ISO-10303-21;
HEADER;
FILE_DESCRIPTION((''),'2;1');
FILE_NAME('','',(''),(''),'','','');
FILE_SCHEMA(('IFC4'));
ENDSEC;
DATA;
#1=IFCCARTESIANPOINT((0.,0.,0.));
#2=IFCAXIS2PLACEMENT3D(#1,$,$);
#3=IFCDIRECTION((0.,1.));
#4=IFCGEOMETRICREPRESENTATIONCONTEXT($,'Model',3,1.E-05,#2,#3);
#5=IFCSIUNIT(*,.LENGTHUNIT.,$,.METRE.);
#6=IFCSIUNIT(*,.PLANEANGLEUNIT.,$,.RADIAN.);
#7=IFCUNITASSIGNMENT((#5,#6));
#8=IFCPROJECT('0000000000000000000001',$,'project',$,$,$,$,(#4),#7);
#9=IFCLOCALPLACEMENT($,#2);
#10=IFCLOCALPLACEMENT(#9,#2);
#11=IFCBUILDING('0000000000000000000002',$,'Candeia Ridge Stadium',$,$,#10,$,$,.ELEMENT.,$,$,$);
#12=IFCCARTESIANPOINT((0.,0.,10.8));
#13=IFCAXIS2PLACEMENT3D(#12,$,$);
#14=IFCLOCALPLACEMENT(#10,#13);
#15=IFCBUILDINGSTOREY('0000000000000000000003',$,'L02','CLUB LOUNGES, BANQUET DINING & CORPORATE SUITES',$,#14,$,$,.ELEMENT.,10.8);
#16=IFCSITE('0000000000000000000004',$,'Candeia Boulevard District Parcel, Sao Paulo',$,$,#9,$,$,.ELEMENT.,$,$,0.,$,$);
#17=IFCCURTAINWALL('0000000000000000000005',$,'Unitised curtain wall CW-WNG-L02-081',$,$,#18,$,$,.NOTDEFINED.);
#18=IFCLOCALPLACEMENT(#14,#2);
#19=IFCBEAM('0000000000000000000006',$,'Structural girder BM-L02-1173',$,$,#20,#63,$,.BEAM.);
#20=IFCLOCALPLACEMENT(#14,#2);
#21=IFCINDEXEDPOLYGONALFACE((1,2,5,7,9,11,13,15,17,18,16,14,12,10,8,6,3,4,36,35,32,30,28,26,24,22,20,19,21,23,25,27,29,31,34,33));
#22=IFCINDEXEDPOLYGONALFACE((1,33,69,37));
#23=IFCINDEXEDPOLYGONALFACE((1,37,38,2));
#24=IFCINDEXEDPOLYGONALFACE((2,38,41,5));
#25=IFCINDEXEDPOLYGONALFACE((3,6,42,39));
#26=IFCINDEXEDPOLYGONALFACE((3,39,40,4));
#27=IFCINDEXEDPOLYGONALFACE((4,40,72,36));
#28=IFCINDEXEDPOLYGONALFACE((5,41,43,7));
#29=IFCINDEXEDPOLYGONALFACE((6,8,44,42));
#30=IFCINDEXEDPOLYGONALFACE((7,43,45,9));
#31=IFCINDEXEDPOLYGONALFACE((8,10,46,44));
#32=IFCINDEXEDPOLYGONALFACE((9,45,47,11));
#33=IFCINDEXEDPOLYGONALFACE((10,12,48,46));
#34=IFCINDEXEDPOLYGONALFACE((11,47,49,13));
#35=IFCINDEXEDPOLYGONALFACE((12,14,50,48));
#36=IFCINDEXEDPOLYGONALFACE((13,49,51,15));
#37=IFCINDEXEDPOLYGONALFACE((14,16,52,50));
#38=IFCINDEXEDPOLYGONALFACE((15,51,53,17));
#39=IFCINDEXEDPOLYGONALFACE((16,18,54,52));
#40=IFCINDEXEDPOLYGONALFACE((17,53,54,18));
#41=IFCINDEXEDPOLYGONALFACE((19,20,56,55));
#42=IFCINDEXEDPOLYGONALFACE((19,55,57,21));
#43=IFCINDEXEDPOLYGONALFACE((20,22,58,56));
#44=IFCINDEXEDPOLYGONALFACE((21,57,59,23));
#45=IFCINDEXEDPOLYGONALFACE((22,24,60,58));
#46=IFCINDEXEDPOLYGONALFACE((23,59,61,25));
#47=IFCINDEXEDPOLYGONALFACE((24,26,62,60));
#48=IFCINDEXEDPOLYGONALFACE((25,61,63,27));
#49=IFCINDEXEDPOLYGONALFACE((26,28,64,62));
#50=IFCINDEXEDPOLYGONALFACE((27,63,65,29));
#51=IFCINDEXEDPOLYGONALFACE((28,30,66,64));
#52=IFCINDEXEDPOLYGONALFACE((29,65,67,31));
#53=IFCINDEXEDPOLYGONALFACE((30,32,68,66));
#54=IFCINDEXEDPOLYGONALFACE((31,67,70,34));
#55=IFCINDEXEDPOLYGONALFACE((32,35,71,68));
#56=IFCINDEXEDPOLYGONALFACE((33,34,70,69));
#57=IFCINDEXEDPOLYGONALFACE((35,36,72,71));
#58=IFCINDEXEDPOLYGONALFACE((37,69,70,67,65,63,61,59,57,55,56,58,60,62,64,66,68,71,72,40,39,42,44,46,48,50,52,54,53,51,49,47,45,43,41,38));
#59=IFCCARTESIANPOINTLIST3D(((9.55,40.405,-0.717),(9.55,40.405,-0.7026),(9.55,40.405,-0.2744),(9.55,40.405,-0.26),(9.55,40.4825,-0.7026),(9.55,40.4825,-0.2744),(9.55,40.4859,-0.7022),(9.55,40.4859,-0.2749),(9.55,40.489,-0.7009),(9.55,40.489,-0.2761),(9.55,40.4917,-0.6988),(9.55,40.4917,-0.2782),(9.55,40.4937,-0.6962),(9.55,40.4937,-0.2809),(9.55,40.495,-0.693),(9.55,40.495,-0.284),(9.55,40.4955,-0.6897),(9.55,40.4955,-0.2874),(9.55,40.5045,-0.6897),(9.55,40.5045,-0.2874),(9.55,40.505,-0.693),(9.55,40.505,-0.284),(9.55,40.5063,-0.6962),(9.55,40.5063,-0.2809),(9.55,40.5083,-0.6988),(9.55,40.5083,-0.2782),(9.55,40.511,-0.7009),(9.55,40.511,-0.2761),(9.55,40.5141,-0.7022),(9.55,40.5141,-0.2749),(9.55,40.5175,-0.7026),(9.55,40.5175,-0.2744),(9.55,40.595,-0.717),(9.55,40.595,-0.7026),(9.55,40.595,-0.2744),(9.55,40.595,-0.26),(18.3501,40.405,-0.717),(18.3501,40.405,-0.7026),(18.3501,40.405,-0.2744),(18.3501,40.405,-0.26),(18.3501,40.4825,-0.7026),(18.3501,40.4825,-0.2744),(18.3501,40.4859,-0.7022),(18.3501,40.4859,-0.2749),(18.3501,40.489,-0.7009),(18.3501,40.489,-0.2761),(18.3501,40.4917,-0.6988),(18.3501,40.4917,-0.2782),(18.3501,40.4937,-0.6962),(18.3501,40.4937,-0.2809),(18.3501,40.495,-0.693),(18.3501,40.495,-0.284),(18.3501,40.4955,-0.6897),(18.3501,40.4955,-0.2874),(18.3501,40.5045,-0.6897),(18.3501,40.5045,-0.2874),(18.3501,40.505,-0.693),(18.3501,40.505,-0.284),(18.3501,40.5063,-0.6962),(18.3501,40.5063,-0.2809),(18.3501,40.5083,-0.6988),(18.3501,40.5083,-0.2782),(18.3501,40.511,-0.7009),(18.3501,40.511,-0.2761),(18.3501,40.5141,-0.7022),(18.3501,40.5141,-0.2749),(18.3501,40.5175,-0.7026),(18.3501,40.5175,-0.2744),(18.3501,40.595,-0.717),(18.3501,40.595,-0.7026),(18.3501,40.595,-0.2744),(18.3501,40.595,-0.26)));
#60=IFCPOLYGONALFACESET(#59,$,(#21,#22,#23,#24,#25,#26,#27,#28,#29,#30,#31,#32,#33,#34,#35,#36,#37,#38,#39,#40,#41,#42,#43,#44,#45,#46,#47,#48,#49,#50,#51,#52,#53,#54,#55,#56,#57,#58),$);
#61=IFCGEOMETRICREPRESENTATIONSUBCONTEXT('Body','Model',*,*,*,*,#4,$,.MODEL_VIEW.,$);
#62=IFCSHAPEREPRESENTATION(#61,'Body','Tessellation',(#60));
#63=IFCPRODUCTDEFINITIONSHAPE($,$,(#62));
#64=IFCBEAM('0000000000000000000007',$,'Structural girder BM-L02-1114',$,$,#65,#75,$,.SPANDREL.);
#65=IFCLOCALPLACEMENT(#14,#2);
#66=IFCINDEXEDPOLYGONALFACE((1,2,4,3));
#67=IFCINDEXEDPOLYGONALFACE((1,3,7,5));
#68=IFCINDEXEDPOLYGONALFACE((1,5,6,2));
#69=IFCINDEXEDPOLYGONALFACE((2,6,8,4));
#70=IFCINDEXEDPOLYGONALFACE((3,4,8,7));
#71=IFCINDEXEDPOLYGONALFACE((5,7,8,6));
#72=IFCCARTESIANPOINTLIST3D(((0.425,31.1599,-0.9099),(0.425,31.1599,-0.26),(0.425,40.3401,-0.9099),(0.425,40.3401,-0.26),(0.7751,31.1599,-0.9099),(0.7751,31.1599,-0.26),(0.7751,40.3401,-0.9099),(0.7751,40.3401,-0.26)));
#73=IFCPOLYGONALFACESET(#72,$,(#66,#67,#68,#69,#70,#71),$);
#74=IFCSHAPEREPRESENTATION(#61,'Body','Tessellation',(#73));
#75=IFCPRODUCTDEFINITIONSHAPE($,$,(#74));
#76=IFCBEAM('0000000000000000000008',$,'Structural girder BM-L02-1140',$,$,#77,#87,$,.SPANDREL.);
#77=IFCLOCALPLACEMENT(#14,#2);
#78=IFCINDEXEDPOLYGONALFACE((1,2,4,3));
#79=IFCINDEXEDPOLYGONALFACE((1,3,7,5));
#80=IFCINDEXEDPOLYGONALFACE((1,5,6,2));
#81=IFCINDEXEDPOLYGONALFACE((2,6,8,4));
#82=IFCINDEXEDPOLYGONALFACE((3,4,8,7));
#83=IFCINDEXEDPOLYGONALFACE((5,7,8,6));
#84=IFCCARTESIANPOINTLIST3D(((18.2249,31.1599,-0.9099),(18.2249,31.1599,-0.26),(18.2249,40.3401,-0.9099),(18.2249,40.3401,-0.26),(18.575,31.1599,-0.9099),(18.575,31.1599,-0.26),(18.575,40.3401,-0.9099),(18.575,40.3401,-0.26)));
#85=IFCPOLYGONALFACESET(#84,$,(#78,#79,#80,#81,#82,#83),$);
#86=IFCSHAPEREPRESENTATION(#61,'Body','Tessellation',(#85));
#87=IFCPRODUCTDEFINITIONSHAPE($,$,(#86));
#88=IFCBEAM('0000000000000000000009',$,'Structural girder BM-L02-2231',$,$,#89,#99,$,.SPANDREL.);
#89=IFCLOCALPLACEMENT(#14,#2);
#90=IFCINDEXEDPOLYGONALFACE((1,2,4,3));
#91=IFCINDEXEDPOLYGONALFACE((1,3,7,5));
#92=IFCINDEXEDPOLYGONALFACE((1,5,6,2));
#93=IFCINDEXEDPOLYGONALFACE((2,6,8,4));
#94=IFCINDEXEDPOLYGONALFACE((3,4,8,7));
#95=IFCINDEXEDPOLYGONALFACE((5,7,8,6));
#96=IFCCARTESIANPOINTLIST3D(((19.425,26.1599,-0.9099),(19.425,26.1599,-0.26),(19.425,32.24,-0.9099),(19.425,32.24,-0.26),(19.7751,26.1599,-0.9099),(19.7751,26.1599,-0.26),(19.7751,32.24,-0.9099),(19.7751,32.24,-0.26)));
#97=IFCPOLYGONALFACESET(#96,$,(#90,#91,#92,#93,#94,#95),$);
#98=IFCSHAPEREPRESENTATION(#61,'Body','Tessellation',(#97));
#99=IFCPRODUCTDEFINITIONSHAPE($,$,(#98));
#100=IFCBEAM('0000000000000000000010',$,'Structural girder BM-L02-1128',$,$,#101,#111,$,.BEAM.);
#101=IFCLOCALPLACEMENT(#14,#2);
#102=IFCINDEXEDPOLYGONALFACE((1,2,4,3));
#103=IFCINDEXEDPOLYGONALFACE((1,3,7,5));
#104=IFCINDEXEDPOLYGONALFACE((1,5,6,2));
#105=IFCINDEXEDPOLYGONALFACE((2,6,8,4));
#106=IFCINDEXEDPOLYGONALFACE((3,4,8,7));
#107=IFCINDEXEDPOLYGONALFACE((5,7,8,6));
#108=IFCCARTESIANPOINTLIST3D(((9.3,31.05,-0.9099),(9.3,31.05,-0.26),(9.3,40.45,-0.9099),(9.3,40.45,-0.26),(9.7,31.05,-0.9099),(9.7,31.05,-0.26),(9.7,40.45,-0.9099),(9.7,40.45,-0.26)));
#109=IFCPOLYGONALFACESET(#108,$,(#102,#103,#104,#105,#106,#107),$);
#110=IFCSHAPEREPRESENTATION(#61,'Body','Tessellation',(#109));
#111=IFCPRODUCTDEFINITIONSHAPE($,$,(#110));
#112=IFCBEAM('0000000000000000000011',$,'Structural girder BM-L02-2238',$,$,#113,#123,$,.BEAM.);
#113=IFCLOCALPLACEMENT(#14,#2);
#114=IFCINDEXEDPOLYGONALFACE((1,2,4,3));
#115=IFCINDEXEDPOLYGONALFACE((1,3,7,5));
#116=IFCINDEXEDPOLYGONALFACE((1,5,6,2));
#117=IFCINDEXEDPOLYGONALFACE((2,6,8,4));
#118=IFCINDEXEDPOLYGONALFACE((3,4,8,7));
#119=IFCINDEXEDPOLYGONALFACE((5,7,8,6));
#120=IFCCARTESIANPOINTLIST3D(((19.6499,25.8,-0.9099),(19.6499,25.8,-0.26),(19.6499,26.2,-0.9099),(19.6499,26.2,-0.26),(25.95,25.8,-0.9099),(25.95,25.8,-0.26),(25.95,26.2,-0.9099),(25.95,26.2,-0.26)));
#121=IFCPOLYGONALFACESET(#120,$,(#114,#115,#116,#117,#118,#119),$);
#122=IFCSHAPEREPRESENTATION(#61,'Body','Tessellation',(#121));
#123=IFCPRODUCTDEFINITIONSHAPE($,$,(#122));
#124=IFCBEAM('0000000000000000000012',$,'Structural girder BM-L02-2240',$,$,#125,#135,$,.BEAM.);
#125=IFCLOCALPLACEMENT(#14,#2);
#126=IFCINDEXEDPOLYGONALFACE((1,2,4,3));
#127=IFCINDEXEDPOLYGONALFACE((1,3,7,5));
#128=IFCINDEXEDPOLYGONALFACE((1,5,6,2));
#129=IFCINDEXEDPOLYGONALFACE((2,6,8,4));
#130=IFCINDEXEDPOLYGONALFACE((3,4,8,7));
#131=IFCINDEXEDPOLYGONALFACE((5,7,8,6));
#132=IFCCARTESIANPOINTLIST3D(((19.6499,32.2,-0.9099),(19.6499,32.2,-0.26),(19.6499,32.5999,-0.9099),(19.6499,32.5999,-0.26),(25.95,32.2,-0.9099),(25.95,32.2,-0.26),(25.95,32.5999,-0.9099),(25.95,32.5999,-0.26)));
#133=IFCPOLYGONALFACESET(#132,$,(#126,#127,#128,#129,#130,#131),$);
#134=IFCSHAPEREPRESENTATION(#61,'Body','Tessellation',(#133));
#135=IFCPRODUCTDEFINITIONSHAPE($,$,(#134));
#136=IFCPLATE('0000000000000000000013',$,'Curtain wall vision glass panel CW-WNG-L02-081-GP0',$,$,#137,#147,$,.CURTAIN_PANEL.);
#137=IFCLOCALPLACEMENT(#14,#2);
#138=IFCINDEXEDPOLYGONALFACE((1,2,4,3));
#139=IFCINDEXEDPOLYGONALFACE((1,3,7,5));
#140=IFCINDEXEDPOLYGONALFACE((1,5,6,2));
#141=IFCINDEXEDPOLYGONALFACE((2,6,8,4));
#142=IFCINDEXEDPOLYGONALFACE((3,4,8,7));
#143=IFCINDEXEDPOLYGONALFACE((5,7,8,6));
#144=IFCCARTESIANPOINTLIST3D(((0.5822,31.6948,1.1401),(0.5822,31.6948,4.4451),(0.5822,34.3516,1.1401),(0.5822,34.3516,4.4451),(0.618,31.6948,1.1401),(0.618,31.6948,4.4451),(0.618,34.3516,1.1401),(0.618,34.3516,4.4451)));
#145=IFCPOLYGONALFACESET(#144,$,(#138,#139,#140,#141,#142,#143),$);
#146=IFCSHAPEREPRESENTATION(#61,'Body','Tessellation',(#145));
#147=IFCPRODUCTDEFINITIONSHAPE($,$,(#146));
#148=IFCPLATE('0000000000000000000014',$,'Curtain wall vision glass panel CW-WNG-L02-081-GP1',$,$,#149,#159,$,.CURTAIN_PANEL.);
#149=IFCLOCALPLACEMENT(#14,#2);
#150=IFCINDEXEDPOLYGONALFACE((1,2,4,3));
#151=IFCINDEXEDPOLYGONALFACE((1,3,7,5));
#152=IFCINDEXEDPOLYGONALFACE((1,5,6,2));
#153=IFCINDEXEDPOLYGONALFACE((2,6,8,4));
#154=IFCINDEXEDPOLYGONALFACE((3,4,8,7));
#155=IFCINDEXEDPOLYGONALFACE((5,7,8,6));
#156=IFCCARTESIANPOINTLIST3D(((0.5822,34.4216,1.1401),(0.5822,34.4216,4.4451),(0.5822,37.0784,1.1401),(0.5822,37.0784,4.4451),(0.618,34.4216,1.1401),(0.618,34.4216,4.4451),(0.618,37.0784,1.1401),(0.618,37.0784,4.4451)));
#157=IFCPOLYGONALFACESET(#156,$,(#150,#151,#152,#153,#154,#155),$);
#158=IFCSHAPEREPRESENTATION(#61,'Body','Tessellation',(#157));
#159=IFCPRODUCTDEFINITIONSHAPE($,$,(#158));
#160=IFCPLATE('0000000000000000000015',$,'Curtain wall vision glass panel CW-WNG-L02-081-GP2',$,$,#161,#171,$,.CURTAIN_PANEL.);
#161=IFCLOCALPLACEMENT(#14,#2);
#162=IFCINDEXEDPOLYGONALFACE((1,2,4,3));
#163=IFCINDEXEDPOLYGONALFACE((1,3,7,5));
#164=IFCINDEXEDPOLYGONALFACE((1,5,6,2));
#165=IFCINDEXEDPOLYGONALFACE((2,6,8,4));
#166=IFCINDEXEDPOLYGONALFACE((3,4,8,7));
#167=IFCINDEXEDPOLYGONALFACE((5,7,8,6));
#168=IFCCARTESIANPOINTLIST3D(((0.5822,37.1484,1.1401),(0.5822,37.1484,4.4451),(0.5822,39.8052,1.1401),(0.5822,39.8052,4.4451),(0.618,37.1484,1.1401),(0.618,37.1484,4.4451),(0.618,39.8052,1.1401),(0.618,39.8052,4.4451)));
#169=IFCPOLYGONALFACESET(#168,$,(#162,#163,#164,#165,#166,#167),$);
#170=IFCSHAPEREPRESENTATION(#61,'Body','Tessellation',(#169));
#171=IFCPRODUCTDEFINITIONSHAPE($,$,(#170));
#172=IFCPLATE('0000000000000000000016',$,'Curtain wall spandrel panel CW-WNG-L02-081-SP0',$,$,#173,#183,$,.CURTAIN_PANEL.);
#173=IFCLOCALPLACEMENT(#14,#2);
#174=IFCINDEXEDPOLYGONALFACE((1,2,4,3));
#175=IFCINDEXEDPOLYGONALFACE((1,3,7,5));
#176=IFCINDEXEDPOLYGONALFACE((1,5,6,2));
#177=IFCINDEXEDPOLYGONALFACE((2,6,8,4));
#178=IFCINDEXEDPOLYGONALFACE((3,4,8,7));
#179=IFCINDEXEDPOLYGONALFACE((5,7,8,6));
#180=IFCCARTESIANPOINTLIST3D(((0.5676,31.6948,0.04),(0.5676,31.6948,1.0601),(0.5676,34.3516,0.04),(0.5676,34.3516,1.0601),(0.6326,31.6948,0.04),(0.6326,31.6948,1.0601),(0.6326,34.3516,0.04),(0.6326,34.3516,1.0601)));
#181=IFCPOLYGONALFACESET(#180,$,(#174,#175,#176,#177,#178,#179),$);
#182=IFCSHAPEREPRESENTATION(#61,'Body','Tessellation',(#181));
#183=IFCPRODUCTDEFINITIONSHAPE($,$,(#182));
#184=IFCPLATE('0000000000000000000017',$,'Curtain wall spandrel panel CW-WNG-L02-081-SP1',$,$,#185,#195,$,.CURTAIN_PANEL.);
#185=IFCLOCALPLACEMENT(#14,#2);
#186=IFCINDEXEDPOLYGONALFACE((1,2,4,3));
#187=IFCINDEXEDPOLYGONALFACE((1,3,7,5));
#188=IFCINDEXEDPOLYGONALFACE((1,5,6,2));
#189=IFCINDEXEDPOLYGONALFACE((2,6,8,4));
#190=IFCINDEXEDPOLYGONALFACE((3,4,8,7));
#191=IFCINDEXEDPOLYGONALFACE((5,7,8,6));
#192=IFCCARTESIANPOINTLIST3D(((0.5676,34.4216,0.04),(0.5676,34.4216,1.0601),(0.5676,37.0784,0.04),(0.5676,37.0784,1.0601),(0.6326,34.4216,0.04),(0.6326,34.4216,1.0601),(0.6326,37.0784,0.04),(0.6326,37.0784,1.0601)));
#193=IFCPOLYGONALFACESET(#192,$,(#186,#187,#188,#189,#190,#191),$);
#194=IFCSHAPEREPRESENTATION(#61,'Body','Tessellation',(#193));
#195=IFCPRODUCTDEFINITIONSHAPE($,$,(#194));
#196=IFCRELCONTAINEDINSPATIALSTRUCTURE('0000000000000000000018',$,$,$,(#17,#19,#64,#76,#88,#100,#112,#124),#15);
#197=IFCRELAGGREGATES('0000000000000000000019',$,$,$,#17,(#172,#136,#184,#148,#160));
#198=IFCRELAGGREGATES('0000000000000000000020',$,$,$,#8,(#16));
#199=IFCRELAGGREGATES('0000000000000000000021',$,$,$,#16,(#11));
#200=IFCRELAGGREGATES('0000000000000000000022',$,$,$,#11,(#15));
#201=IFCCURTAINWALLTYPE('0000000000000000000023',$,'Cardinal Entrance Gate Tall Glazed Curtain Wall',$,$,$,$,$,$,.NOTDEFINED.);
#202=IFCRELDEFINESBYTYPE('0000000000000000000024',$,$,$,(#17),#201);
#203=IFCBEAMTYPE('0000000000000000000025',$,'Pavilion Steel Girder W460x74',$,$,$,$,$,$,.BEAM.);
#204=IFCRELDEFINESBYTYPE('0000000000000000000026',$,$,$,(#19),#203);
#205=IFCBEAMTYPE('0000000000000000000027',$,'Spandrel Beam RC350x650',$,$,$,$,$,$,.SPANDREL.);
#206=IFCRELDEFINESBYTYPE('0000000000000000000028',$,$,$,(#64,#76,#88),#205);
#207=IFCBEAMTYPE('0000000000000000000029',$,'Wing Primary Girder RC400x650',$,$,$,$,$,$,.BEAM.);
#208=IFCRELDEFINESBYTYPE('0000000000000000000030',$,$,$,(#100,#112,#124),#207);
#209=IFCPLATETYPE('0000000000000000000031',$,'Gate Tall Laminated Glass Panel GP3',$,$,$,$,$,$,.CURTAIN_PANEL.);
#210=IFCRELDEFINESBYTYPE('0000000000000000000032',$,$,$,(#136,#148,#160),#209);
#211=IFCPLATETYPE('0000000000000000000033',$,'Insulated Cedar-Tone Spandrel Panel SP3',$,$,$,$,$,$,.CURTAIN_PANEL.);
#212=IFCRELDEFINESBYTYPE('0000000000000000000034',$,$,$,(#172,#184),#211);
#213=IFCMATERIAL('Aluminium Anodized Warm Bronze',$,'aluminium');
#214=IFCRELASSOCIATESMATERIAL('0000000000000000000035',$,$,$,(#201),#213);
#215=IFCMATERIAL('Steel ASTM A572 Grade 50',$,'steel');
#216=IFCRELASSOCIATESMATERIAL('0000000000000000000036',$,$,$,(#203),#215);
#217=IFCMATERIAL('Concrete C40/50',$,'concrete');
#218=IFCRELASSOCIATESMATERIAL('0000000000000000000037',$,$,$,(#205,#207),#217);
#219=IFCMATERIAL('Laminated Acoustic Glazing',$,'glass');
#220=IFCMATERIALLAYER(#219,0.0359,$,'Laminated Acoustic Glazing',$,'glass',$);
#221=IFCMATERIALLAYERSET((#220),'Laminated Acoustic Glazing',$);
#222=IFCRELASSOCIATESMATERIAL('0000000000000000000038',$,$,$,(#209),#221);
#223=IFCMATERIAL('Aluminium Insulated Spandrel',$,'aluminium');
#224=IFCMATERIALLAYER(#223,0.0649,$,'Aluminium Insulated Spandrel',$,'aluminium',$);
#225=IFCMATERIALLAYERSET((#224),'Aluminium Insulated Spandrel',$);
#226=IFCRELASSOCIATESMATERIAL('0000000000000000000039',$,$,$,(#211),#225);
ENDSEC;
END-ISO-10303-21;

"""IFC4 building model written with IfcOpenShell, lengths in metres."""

from ifc_helpers import new_model, si_unit, direction, frame, origin, origin_2d, place, context, subcontext, project, spatial, rectangle, i_section, extrude, material, layer, layer_set, material_profile, profile_set, type_object, element, aggregate, save


model = new_model("IFC4")

# Units and contexts
model_context = context("Model", 3, precision=1e-05, world=origin(), true_north=direction((0.0, 1.0)))
body_context = subcontext(model_context, "Body", "Model", "MODEL_VIEW")
ifc_project = project(units=[si_unit("LENGTHUNIT", "METRE"), si_unit("PLANEANGLEUNIT", "RADIAN")], contexts=[model_context])

# Site, building, storey
site_placement = place(None, origin())
site = spatial("IfcSite", under=ifc_project, at=site_placement, Name="Candeia Boulevard District Parcel, Sao Paulo", CompositionType="ELEMENT", RefElevation=0.0)
building_placement = place(site_placement, origin())
building = spatial("IfcBuilding", under=site, at=building_placement, Name="Candeia Ridge Stadium", CompositionType="ELEMENT")
storey_placement = place(building_placement, frame((0.0, 0.0, 10.8)))
storey = spatial("IfcBuildingStorey", under=building, at=storey_placement, Name="L02", Description="CLUB LOUNGES, BANQUET DINING & CORPORATE SUITES", CompositionType="ELEMENT", Elevation=10.8)

# Shared definitions
ifc_material_1 = material(Name="Concrete C40/50", Category="concrete")

# Curtain wall
ifc_material_2 = material(Name="Aluminium Anodized Warm Bronze", Category="aluminium")
curtain_wall_type = type_object("IfcCurtainWallType", Name="Cardinal Entrance Gate Tall Glazed Curtain Wall", PredefinedType="NOTDEFINED", material=ifc_material_2)
curtain_wall_placement = place(storey_placement, origin())
curtain_wall = element("IfcCurtainWall", 1, at=curtain_wall_placement, inside=storey, type_object=curtain_wall_type, Name="Unitised curtain wall CW-WNG-L02-081", PredefinedType="NOTDEFINED")

# Beams
ifc_material_3 = material(Name="Steel ASTM A572 Grade 50", Category="steel")
ifc_material_profile_1 = material_profile(ifc_material_3, i_section(OverallWidth=0.1899, OverallDepth=0.457, WebThickness=0.009, FlangeThickness=0.0144, FilletRadius=0.0129, at=origin_2d()), Name="W460x74", Category="steel")
ifc_profile_set_1 = profile_set([ifc_material_profile_1], Name="Steel ASTM A572 Grade 50")
beam_type_1 = type_object("IfcBeamType", Name="Pavilion Steel Girder W460x74", PredefinedType="BEAM", material=ifc_profile_set_1)
for number, where, z_axis, x_axis, name in (
    (2, (9.55, 40.5, -0.4885), (1.0, 0.0, 0.0), (0.0, 1.0, 0.0), "Structural girder BM-L02-1173"),
):
    element("IfcBeam", number, at=place(storey_placement, frame(where, z_axis=z_axis, x_axis=x_axis)), inside=storey, type_object=beam_type_1, Name=name, PredefinedType="BEAM", context=body_context, shape_type="SweptSolid", body=[
        extrude(i_section(OverallWidth=0.1899, OverallDepth=0.457, WebThickness=0.009, FlangeThickness=0.0144, FilletRadius=0.0129, at=origin_2d()), origin(), (0.0, 0.0, 1.0), 8.8),
    ])
ifc_material_profile_2 = material_profile(ifc_material_1, rectangle(XDim=0.3501, YDim=0.6499, at=origin_2d()), Name="RC350x650", Category="concrete")
ifc_profile_set_2 = profile_set([ifc_material_profile_2], Name="Concrete C40/50")
beam_type_2 = type_object("IfcBeamType", Name="Spandrel Beam RC350x650", PredefinedType="SPANDREL", material=ifc_profile_set_2)
for number, where, z_axis, x_axis, name in (
    (3, (0.6001, 31.1599, -0.585), (0.0, 1.0, 0.0), (-1.0, 0.0, 0.0), "Structural girder BM-L02-1114"),
    (4, (18.3999, 31.1599, -0.585), (0.0, 1.0, 0.0), (-1.0, 0.0, 0.0), "Structural girder BM-L02-1140"),
):
    element("IfcBeam", number, at=place(storey_placement, frame(where, z_axis=z_axis, x_axis=x_axis)), inside=storey, type_object=beam_type_2, Name=name, PredefinedType="SPANDREL", context=body_context, shape_type="SweptSolid", body=[
        extrude(rectangle(XDim=0.3501, YDim=0.6499, at=origin_2d()), origin(), (0.0, 0.0, 1.0), 9.1802),
    ])
beam_1_placement = place(storey_placement, frame((19.6001, 26.1599, -0.585), z_axis=(0.0, 1.0, 0.0), x_axis=(-1.0, 0.0, 0.0)))
element("IfcBeam", 5, at=beam_1_placement, inside=storey, type_object=beam_type_2, Name="Structural girder BM-L02-2231", PredefinedType="SPANDREL", context=body_context, shape_type="SweptSolid", body=[
    extrude(rectangle(XDim=0.3501, YDim=0.6499, at=origin_2d()), origin(), (0.0, 0.0, 1.0), 6.0801),
])
ifc_material_profile_3 = material_profile(ifc_material_1, rectangle(XDim=0.3999, YDim=0.6499, at=origin_2d()), Name="RC400x650", Category="concrete")
ifc_profile_set_3 = profile_set([ifc_material_profile_3], Name="Concrete C40/50")
beam_type_3 = type_object("IfcBeamType", Name="Wing Primary Girder RC400x650", PredefinedType="BEAM", material=ifc_profile_set_3)
beam_2_placement = place(storey_placement, frame((9.5, 31.05, -0.585), z_axis=(0.0, 1.0, 0.0), x_axis=(-1.0, 0.0, 0.0)))
element("IfcBeam", 6, at=beam_2_placement, inside=storey, type_object=beam_type_3, Name="Structural girder BM-L02-1128", PredefinedType="BEAM", context=body_context, shape_type="SweptSolid", body=[
    extrude(rectangle(XDim=0.3999, YDim=0.6499, at=origin_2d()), origin(), (0.0, 0.0, 1.0), 9.3999),
])
for number, where, z_axis, x_axis, name in (
    (7, (19.6499, 26.0, -0.585), (1.0, 0.0, 0.0), (0.0, 1.0, 0.0), "Structural girder BM-L02-2238"),
    (8, (19.6499, 32.3999, -0.585), (1.0, 0.0, 0.0), (0.0, 1.0, 0.0), "Structural girder BM-L02-2240"),
):
    element("IfcBeam", number, at=place(storey_placement, frame(where, z_axis=z_axis, x_axis=x_axis)), inside=storey, type_object=beam_type_3, Name=name, PredefinedType="BEAM", context=body_context, shape_type="SweptSolid", body=[
        extrude(rectangle(XDim=0.3999, YDim=0.6499, at=origin_2d()), origin(), (0.0, 0.0, 1.0), 6.3),
    ])

# Plates
ifc_material_4 = material(Name="Laminated Acoustic Glazing", Category="glass")
ifc_layer_1 = layer(ifc_material_4, 0.0359, Name="Laminated Acoustic Glazing", Category="glass")
ifc_layer_set_1 = layer_set([ifc_layer_1], Name="Laminated Acoustic Glazing")
plate_type_1 = type_object("IfcPlateType", Name="Gate Tall Laminated Glass Panel GP3", PredefinedType="CURTAIN_PANEL", material=ifc_layer_set_1)
plate_1_placement = place(storey_placement, frame((0.6001, 33.0232, 1.1401), z_axis=(0.0, 0.0, 1.0), x_axis=(0.0, 1.0, 0.0)))
plate_1 = element("IfcPlate", 9, at=plate_1_placement, type_object=plate_type_1, Name="Curtain wall vision glass panel CW-WNG-L02-081-GP0", PredefinedType="CURTAIN_PANEL", context=body_context, shape_type="SweptSolid", body=[
    extrude(rectangle(XDim=2.6567, YDim=0.0359, at=origin_2d()), origin(), (0.0, 0.0, 1.0), 3.3049),
])
plate_2_placement = place(storey_placement, frame((0.6001, 35.75, 1.1401), z_axis=(0.0, 0.0, 1.0), x_axis=(0.0, 1.0, 0.0)))
plate_2 = element("IfcPlate", 10, at=plate_2_placement, type_object=plate_type_1, Name="Curtain wall vision glass panel CW-WNG-L02-081-GP1", PredefinedType="CURTAIN_PANEL", context=body_context, shape_type="SweptSolid", body=[
    extrude(rectangle(XDim=2.6567, YDim=0.0359, at=origin_2d()), origin(), (0.0, 0.0, 1.0), 3.3049),
])
plate_3_placement = place(storey_placement, frame((0.6001, 38.4768, 1.1401), z_axis=(0.0, 0.0, 1.0), x_axis=(0.0, 1.0, 0.0)))
plate_3 = element("IfcPlate", 11, at=plate_3_placement, type_object=plate_type_1, Name="Curtain wall vision glass panel CW-WNG-L02-081-GP2", PredefinedType="CURTAIN_PANEL", context=body_context, shape_type="SweptSolid", body=[
    extrude(rectangle(XDim=2.6567, YDim=0.0359, at=origin_2d()), origin(), (0.0, 0.0, 1.0), 3.3049),
])
ifc_material_5 = material(Name="Aluminium Insulated Spandrel", Category="aluminium")
ifc_layer_2 = layer(ifc_material_5, 0.0649, Name="Aluminium Insulated Spandrel", Category="aluminium")
ifc_layer_set_2 = layer_set([ifc_layer_2], Name="Aluminium Insulated Spandrel")
plate_type_2 = type_object("IfcPlateType", Name="Insulated Cedar-Tone Spandrel Panel SP3", PredefinedType="CURTAIN_PANEL", material=ifc_layer_set_2)
plate_4_placement = place(storey_placement, frame((0.6001, 33.0232, 0.04), z_axis=(0.0, 0.0, 1.0), x_axis=(0.0, 1.0, 0.0)))
plate_4 = element("IfcPlate", 12, at=plate_4_placement, type_object=plate_type_2, Name="Curtain wall spandrel panel CW-WNG-L02-081-SP0", PredefinedType="CURTAIN_PANEL", context=body_context, shape_type="SweptSolid", body=[
    extrude(rectangle(XDim=2.6567, YDim=0.0649, at=origin_2d()), origin(), (0.0, 0.0, 1.0), 1.02),
])
plate_5_placement = place(storey_placement, frame((0.6001, 35.75, 0.04), z_axis=(0.0, 0.0, 1.0), x_axis=(0.0, 1.0, 0.0)))
plate_5 = element("IfcPlate", 13, at=plate_5_placement, type_object=plate_type_2, Name="Curtain wall spandrel panel CW-WNG-L02-081-SP1", PredefinedType="CURTAIN_PANEL", context=body_context, shape_type="SweptSolid", body=[
    extrude(rectangle(XDim=2.6567, YDim=0.0649, at=origin_2d()), origin(), (0.0, 0.0, 1.0), 1.02),
])
aggregate(curtain_wall, [plate_4, plate_1, plate_5, plate_2, plate_3])

save(model, "model.ifc")
